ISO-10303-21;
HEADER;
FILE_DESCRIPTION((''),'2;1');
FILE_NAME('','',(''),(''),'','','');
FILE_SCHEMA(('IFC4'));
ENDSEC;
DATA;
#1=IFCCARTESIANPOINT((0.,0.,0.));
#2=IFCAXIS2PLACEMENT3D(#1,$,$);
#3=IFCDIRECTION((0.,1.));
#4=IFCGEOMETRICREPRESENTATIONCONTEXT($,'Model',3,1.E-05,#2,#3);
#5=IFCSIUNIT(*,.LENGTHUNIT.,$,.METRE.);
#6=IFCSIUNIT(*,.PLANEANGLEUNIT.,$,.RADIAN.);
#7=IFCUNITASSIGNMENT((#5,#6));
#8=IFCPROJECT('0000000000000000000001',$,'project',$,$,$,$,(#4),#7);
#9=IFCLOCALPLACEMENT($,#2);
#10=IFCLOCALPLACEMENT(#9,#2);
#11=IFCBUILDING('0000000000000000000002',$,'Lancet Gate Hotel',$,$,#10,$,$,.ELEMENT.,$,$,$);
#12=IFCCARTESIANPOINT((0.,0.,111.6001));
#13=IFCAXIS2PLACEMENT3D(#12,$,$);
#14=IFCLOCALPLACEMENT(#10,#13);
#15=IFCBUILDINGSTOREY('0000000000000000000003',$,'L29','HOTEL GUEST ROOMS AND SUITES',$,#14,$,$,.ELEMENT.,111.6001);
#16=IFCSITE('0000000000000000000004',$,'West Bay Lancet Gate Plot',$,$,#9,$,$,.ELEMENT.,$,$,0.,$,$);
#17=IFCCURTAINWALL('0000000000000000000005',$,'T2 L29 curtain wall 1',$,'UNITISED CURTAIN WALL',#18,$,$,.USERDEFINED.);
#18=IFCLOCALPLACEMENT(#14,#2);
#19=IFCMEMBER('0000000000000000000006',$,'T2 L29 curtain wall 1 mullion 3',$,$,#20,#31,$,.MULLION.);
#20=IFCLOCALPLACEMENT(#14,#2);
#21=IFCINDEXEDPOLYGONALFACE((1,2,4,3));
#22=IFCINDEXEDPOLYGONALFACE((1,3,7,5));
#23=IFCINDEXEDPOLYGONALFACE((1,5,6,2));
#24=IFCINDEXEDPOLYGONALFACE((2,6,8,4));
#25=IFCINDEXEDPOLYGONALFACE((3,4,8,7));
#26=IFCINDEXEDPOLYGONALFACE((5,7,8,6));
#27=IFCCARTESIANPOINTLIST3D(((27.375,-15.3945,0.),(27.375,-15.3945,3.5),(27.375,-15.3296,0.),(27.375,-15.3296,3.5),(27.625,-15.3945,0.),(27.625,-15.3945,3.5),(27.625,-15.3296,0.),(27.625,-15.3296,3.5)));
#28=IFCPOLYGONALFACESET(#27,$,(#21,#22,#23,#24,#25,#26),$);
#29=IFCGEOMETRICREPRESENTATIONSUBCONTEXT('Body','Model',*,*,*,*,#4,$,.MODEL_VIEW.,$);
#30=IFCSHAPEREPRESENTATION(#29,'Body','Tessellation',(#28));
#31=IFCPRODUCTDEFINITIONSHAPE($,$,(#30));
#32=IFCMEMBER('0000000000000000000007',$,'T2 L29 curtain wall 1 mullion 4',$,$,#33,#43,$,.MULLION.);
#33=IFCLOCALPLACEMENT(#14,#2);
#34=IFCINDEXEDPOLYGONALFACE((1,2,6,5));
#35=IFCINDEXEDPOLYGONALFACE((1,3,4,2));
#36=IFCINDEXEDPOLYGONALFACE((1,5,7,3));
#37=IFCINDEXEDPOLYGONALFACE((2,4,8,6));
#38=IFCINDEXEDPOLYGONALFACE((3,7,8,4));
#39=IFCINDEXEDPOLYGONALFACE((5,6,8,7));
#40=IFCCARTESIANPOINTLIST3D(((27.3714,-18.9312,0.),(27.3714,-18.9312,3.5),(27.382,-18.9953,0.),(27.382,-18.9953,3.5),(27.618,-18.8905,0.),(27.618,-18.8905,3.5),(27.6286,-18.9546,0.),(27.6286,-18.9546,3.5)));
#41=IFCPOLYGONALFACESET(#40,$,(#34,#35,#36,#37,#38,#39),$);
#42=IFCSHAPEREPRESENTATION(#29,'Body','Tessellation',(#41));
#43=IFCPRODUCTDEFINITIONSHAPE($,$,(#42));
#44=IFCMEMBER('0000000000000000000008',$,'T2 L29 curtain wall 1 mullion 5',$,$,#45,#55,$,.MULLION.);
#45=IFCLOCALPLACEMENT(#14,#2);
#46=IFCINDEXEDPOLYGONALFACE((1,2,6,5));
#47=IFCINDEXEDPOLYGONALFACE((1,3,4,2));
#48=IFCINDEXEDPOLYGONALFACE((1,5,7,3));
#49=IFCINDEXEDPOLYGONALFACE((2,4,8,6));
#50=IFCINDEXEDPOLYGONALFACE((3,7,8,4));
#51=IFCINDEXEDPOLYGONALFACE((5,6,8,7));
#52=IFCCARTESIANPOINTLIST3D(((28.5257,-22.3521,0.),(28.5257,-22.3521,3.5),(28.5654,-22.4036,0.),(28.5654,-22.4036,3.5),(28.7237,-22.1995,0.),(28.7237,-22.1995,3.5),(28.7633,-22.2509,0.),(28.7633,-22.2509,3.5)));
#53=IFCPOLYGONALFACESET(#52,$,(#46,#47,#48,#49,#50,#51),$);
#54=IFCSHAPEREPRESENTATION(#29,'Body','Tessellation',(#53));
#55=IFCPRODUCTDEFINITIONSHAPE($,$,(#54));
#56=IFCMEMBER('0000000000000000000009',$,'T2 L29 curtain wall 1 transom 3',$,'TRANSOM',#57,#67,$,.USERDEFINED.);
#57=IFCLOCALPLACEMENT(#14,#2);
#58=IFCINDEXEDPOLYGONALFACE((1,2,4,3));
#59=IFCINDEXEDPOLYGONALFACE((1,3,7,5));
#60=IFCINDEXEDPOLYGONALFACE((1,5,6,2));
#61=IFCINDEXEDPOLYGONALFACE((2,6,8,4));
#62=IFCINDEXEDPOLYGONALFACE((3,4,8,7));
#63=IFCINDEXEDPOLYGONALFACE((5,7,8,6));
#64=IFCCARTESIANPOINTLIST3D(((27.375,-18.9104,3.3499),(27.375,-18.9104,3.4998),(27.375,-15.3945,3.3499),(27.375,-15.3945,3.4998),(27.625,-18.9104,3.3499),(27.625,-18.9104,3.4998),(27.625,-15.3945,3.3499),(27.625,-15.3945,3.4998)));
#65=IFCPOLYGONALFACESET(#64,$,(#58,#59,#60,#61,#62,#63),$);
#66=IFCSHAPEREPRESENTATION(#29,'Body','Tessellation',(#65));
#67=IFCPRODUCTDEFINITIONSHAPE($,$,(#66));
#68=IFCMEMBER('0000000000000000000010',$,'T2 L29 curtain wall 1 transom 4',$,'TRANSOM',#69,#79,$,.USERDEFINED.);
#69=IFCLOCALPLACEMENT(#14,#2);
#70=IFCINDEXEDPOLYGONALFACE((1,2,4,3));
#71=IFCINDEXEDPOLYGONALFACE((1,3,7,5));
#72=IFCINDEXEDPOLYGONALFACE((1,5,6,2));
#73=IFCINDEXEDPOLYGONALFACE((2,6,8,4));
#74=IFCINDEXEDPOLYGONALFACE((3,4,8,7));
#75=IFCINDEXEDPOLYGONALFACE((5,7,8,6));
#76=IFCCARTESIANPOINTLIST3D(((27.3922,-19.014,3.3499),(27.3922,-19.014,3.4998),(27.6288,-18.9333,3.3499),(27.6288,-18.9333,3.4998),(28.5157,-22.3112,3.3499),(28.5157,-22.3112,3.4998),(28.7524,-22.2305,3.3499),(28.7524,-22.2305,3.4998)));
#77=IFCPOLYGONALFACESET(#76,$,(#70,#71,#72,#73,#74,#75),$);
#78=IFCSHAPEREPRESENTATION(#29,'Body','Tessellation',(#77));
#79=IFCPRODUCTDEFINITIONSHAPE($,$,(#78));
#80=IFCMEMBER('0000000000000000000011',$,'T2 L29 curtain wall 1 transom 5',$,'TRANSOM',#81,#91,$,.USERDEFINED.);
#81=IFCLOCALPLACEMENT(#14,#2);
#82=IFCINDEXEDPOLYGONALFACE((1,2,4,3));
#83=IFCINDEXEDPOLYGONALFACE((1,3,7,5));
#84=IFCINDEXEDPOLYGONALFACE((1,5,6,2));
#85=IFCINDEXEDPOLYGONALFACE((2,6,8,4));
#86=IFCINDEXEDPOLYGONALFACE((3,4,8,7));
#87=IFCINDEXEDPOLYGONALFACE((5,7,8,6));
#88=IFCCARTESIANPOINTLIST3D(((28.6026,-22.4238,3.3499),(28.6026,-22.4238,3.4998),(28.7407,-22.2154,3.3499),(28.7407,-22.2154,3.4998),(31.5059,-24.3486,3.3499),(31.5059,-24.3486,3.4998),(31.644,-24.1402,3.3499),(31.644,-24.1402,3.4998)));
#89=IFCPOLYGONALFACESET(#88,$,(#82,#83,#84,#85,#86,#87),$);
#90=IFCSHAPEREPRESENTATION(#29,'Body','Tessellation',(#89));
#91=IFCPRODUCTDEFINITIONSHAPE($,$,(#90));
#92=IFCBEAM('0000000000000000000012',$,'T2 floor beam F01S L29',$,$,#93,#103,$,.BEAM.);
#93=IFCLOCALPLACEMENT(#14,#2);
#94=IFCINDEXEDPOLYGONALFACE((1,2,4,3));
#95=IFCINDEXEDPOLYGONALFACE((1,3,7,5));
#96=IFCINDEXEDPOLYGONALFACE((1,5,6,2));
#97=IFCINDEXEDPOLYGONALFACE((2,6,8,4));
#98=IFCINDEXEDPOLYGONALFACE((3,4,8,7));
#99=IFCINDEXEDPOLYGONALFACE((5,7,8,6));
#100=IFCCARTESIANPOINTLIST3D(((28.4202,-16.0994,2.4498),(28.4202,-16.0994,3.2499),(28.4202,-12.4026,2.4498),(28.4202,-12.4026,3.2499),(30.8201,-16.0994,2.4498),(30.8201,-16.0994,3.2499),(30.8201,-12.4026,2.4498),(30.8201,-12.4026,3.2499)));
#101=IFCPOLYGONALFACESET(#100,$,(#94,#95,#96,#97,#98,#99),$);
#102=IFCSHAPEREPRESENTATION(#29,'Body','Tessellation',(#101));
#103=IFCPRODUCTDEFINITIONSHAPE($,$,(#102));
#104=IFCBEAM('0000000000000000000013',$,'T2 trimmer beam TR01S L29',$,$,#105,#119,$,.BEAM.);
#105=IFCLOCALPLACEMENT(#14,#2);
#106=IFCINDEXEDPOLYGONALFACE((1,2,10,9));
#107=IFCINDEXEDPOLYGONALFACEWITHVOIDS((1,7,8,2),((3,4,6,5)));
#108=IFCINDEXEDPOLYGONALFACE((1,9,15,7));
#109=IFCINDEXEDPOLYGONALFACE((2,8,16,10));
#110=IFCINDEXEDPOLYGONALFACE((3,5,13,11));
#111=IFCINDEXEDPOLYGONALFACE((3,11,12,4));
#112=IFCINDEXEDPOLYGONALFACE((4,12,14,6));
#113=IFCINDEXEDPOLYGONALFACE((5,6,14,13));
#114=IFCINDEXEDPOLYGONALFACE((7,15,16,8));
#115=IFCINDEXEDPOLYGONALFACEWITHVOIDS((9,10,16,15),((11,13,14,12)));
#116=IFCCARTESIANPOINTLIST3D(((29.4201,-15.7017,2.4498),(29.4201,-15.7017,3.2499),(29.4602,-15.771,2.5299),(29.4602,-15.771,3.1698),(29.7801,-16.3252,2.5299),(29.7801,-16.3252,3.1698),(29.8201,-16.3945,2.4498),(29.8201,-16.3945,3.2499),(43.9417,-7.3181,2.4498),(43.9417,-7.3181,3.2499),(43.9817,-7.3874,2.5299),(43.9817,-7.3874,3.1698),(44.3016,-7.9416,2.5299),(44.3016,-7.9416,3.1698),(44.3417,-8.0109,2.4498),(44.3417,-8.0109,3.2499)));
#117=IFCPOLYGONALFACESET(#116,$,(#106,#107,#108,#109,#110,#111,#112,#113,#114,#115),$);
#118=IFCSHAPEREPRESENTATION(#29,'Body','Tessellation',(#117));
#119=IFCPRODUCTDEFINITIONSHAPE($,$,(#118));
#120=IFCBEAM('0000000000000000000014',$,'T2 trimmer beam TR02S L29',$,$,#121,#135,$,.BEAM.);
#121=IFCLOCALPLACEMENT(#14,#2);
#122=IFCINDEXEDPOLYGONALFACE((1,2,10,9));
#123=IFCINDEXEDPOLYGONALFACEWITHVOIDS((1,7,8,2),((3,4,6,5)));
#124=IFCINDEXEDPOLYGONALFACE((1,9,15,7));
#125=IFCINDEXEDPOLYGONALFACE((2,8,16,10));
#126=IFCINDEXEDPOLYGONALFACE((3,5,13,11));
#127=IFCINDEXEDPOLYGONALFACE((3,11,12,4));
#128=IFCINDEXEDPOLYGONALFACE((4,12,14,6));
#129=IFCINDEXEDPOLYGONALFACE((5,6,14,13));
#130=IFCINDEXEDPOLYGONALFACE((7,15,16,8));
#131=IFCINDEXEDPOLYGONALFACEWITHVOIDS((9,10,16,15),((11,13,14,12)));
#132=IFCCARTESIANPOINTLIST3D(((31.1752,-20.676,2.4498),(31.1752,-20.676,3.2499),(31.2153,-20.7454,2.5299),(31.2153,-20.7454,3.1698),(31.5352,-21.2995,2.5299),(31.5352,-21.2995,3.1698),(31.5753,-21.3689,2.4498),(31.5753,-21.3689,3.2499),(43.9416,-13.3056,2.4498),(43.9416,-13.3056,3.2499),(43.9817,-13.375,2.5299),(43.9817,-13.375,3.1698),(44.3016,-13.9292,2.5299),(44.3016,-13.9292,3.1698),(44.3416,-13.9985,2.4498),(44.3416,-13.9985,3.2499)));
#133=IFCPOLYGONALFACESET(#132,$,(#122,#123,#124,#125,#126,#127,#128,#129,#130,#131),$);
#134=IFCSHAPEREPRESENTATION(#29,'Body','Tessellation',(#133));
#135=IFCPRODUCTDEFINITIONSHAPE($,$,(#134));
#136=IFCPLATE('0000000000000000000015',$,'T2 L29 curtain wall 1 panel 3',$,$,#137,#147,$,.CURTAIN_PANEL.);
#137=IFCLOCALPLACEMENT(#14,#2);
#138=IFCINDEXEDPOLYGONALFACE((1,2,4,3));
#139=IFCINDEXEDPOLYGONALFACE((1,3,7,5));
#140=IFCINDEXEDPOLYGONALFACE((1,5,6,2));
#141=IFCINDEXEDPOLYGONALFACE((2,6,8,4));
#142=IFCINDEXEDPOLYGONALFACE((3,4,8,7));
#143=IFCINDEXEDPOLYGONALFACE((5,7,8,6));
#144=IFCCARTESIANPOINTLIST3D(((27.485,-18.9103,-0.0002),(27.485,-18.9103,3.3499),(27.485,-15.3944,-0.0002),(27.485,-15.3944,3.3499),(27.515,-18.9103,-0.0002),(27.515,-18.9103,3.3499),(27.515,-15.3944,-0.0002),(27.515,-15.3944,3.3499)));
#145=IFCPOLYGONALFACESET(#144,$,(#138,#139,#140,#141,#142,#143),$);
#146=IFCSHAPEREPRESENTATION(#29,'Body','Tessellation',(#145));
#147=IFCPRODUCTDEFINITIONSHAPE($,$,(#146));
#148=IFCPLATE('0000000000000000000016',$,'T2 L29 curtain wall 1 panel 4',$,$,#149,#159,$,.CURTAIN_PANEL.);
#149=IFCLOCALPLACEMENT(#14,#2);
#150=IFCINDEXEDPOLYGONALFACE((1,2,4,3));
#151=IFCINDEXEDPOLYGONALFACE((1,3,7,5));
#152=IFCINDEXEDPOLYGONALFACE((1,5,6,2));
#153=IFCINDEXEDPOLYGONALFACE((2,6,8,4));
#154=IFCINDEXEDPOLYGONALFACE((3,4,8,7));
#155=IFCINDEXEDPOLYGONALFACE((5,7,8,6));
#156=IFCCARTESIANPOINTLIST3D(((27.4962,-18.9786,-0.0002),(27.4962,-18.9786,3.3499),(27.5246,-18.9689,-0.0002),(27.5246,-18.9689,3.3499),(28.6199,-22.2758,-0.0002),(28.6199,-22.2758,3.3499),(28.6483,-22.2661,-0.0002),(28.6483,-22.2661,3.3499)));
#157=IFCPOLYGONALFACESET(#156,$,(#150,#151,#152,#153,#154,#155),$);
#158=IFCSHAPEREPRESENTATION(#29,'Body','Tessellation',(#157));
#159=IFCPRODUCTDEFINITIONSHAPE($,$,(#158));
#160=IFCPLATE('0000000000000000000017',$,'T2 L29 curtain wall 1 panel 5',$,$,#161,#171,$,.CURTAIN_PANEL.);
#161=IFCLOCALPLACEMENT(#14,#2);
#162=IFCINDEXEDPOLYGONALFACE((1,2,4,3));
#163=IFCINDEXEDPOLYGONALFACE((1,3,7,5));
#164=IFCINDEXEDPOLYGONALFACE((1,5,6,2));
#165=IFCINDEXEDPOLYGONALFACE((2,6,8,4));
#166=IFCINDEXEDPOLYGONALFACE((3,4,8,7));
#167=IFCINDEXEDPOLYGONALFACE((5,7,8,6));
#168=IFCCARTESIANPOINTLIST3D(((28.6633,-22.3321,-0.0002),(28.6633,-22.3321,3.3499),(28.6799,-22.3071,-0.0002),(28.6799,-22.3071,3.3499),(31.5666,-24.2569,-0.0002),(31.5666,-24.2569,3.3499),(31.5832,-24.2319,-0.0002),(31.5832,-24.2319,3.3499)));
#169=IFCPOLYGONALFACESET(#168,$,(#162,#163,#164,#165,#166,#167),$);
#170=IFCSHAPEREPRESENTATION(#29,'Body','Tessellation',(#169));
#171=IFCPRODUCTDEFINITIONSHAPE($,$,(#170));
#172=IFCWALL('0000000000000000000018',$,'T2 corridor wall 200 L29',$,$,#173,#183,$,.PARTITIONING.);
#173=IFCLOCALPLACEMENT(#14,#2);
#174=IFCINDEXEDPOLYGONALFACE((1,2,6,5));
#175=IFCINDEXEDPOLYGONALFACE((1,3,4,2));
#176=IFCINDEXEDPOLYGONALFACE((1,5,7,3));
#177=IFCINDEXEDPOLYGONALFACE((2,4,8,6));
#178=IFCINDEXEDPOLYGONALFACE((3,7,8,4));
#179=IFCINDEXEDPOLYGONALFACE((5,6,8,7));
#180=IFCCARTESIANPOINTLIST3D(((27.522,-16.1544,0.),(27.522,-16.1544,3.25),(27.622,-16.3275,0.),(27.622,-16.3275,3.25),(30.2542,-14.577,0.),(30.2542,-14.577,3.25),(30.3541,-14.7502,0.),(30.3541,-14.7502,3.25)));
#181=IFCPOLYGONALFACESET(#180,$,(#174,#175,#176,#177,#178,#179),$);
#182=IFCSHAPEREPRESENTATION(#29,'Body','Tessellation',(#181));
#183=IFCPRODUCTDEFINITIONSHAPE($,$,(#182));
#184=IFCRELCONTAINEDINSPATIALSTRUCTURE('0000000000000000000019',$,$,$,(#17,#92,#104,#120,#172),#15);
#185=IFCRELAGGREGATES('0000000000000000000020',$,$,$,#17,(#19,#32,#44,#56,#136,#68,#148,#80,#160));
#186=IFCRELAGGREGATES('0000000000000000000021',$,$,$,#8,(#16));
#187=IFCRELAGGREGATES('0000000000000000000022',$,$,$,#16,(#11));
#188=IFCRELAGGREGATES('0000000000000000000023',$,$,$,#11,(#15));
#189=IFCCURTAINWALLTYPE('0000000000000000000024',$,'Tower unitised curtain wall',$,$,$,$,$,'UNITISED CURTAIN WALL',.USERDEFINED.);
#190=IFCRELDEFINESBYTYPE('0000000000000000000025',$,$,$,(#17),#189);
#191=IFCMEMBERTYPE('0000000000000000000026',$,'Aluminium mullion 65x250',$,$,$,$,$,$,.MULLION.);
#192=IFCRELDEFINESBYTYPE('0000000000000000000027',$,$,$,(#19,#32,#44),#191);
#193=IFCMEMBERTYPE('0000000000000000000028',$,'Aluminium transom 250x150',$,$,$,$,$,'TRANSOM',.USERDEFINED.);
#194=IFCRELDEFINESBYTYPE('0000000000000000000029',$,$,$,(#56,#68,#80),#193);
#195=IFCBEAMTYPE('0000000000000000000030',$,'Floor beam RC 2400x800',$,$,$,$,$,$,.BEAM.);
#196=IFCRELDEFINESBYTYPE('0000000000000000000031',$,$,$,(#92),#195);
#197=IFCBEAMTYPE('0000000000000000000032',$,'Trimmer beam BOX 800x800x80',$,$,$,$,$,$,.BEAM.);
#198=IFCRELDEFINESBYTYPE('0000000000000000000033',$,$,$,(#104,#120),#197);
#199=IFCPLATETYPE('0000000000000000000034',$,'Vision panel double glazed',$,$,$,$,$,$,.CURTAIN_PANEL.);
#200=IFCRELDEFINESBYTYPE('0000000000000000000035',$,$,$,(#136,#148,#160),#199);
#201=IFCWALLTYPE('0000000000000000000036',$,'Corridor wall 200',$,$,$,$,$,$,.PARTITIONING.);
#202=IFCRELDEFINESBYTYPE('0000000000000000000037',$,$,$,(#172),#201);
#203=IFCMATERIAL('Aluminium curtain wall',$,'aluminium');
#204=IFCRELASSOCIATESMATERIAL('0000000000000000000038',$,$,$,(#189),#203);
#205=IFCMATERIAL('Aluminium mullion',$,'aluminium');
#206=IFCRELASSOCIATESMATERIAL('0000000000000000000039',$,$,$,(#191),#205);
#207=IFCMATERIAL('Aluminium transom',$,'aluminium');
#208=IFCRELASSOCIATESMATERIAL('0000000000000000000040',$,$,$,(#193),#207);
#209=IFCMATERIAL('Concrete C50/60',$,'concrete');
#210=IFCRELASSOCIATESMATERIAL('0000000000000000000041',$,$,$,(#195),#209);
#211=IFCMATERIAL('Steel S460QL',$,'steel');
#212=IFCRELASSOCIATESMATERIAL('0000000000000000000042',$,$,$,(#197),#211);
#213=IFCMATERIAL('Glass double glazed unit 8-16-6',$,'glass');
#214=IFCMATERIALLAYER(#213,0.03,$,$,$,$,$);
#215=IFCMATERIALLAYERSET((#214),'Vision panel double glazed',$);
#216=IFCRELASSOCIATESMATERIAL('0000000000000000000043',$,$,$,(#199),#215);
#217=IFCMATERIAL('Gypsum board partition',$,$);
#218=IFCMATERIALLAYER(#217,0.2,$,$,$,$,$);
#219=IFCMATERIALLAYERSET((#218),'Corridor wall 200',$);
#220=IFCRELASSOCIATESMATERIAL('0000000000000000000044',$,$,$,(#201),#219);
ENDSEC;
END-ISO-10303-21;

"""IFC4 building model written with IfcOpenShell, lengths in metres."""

from ifc_helpers import new_model, si_unit, direction, frame, frame_2d, origin, origin_2d, place, context, subcontext, project, spatial, rectangle, hollow_rectangle, extrude, material, layer, layer_set, material_profile, profile_set, type_object, element, aggregate, save


model = new_model("IFC4")

# Units and contexts
model_context = context("Model", 3, precision=1e-05, world=origin(), true_north=direction((0.0, 1.0)))
body_context = subcontext(model_context, "Body", "Model", "MODEL_VIEW")
ifc_project = project(units=[si_unit("LENGTHUNIT", "METRE"), si_unit("PLANEANGLEUNIT", "RADIAN")], contexts=[model_context])

# Site, building, storey
site_placement = place(None, origin())
site = spatial("IfcSite", under=ifc_project, at=site_placement, Name="West Bay Lancet Gate Plot", CompositionType="ELEMENT", RefElevation=0.0)
building_placement = place(site_placement, origin())
building = spatial("IfcBuilding", under=site, at=building_placement, Name="Lancet Gate Hotel", CompositionType="ELEMENT")
storey_placement = place(building_placement, frame((0.0, 0.0, 111.6001)))
storey = spatial("IfcBuildingStorey", under=building, at=storey_placement, Name="L29", Description="HOTEL GUEST ROOMS AND SUITES", CompositionType="ELEMENT", Elevation=111.6001)

# Curtain wall, members
ifc_material_1 = material(Name="Aluminium curtain wall", Category="aluminium")
curtain_wall_type = type_object("IfcCurtainWallType", Name="Tower unitised curtain wall", ElementType="UNITISED CURTAIN WALL", PredefinedType="USERDEFINED", material=ifc_material_1)
curtain_wall_placement = place(storey_placement, origin())
curtain_wall = element("IfcCurtainWall", 1, at=curtain_wall_placement, inside=storey, type_object=curtain_wall_type, Name="T2 L29 curtain wall 1", ObjectType="UNITISED CURTAIN WALL", PredefinedType="USERDEFINED")
ifc_material_2 = material(Name="Aluminium mullion", Category="aluminium")
ifc_material_profile_1 = material_profile(ifc_material_2, rectangle(XDim=0.0649, YDim=0.25, at=origin_2d()), Name="MULLION 65x250")
ifc_profile_set_1 = profile_set([ifc_material_profile_1], Name="Aluminium mullion")
member_type_1 = type_object("IfcMemberType", Name="Aluminium mullion 65x250", PredefinedType="MULLION", material=ifc_profile_set_1)
member_1_placement = place(storey_placement, frame((27.5, -15.3621, 0.0), z_axis=(0.0, 0.0, 1.0), x_axis=(0.0, -1.0, 0.0)))
member_1 = element("IfcMember", 2, at=member_1_placement, type_object=member_type_1, Name="T2 L29 curtain wall 1 mullion 3", PredefinedType="MULLION", context=body_context, shape_type="SweptSolid", body=[
    extrude(rectangle(XDim=0.0649, YDim=0.25, at=origin_2d()), origin(), (0.0, 0.0, 1.0), 3.5),
])
member_2_placement = place(storey_placement, frame((27.5, -18.9429, 0.0), z_axis=(0.0, 0.0, 1.0), x_axis=(0.162739, -0.986669, 0.0)))
member_2 = element("IfcMember", 3, at=member_2_placement, type_object=member_type_1, Name="T2 L29 curtain wall 1 mullion 4", PredefinedType="MULLION", context=body_context, shape_type="SweptSolid", body=[
    extrude(rectangle(XDim=0.0649, YDim=0.25, at=origin_2d()), origin(), (0.0, 0.0, 1.0), 3.5),
])
member_3_placement = place(storey_placement, frame((28.6445, -22.3015, 0.0), z_axis=(0.0, 0.0, 1.0), x_axis=(0.610664, -0.79189, 0.0)))
member_3 = element("IfcMember", 4, at=member_3_placement, type_object=member_type_1, Name="T2 L29 curtain wall 1 mullion 5", PredefinedType="MULLION", context=body_context, shape_type="SweptSolid", body=[
    extrude(rectangle(XDim=0.0649, YDim=0.25, at=origin_2d()), origin(), (0.0, 0.0, 1.0), 3.5),
])
ifc_material_3 = material(Name="Aluminium transom", Category="aluminium")
ifc_material_profile_2 = material_profile(ifc_material_3, rectangle(XDim=0.25, YDim=0.1499, at=origin_2d()), Name="TRANSOM 250x150")
ifc_profile_set_2 = profile_set([ifc_material_profile_2], Name="Aluminium transom")
member_type_2 = type_object("IfcMemberType", Name="Aluminium transom 250x150", ElementType="TRANSOM", PredefinedType="USERDEFINED", material=ifc_profile_set_2)
member_4_placement = place(storey_placement, frame((27.5, -15.3945, 3.4248), z_axis=(0.0, -1.0, 0.0), x_axis=(1.0, 0.0, 0.0)))
member_4 = element("IfcMember", 5, at=member_4_placement, type_object=member_type_2, Name="T2 L29 curtain wall 1 transom 3", ObjectType="TRANSOM", PredefinedType="USERDEFINED", context=body_context, shape_type="SweptSolid", body=[
    extrude(rectangle(XDim=0.25, YDim=0.1499, at=origin_2d()), origin(), (0.0, 0.0, 1.0), 3.5159),
])
member_5_placement = place(storey_placement, frame((27.5105, -18.9736, 3.4248), z_axis=(0.32255, -0.946553, 0.0), x_axis=(0.946553, 0.32255, 0.0)))
member_5 = element("IfcMember", 6, at=member_5_placement, type_object=member_type_2, Name="T2 L29 curtain wall 1 transom 4", ObjectType="TRANSOM", PredefinedType="USERDEFINED", context=body_context, shape_type="SweptSolid", body=[
    extrude(rectangle(XDim=0.25, YDim=0.1499, at=origin_2d()), origin(), (0.0, 0.0, 1.0), 3.4834),
])
member_6_placement = place(storey_placement, frame((28.6716, -22.3196, 3.4248), z_axis=(0.833471, -0.552563, 0.0), x_axis=(0.552563, 0.833471, 0.0)))
member_6 = element("IfcMember", 7, at=member_6_placement, type_object=member_type_2, Name="T2 L29 curtain wall 1 transom 5", ObjectType="TRANSOM", PredefinedType="USERDEFINED", context=body_context, shape_type="SweptSolid", body=[
    extrude(rectangle(XDim=0.25, YDim=0.1499, at=origin_2d()), origin(), (0.0, 0.0, 1.0), 3.4834),
])

# Beams
ifc_material_4 = material(Name="Concrete C50/60", Category="concrete")
ifc_material_profile_3 = material_profile(ifc_material_4, rectangle(XDim=2.3999, YDim=0.8, at=origin_2d()), Name="RC 2400x800")
ifc_profile_set_3 = profile_set([ifc_material_profile_3], Name="Concrete C50/60")
beam_type_1 = type_object("IfcBeamType", Name="Floor beam RC 2400x800", PredefinedType="BEAM", material=ifc_profile_set_3)
beam_1_placement = place(storey_placement, frame((29.6201, -16.0994, 2.8499), z_axis=(0.0, 1.0, 0.0), x_axis=(-1.0, 0.0, 0.0)))
element("IfcBeam", 8, at=beam_1_placement, inside=storey, type_object=beam_type_1, Name="T2 floor beam F01S L29", PredefinedType="BEAM", context=body_context, shape_type="SweptSolid", body=[
    extrude(rectangle(XDim=2.3999, YDim=0.8, at=origin_2d()), origin(), (0.0, 0.0, 1.0), 3.6968),
])
ifc_material_5 = material(Name="Steel S460QL", Category="steel")
ifc_material_profile_4 = material_profile(ifc_material_5, hollow_rectangle(XDim=0.8, YDim=0.8, WallThickness=0.0801, at=origin_2d()), Name="BOX 800x800x80")
ifc_profile_set_4 = profile_set([ifc_material_profile_4], Name="Steel S460QL")
beam_type_2 = type_object("IfcBeamType", Name="Trimmer beam BOX 800x800x80", PredefinedType="BEAM", material=ifc_profile_set_4)
beam_2_placement = place(storey_placement, frame((29.6201, -16.0481, 2.8499), z_axis=(0.866037, 0.49998, 0.0), x_axis=(-0.49998, 0.866037, 0.0)))
element("IfcBeam", 9, at=beam_2_placement, inside=storey, type_object=beam_type_2, Name="T2 trimmer beam TR01S L29", PredefinedType="BEAM", context=body_context, shape_type="SweptSolid", body=[
    extrude(hollow_rectangle(XDim=0.8, YDim=0.8, WallThickness=0.0801, at=origin_2d()), origin(), (0.0, 0.0, 1.0), 16.7678),
])
beam_3_placement = place(storey_placement, frame((31.3752, -21.0225, 2.8499), z_axis=(0.866034, 0.499985, 0.0), x_axis=(-0.499985, 0.866034, 0.0)))
element("IfcBeam", 10, at=beam_3_placement, inside=storey, type_object=beam_type_2, Name="T2 trimmer beam TR02S L29", PredefinedType="BEAM", context=body_context, shape_type="SweptSolid", body=[
    extrude(hollow_rectangle(XDim=0.8, YDim=0.8, WallThickness=0.0801, at=origin_2d()), origin(), (0.0, 0.0, 1.0), 14.7412),
])

# Plates
ifc_material_6 = material(Name="Glass double glazed unit 8-16-6", Category="glass")
ifc_layer_1 = layer(ifc_material_6, 0.03)
ifc_layer_set_1 = layer_set([ifc_layer_1], Name="Vision panel double glazed")
plate_type = type_object("IfcPlateType", Name="Vision panel double glazed", PredefinedType="CURTAIN_PANEL", material=ifc_layer_set_1)
plate_1_placement = place(storey_placement, frame((27.5, -17.1523, -0.0002), z_axis=(0.0, 0.0, 1.0), x_axis=(0.0, -1.0, 0.0)))
plate_1 = element("IfcPlate", 11, at=plate_1_placement, type_object=plate_type, Name="T2 L29 curtain wall 1 panel 3", PredefinedType="CURTAIN_PANEL", context=body_context, shape_type="SweptSolid", body=[
    extrude(rectangle(XDim=3.5159, YDim=0.03, at=origin_2d()), origin(), (0.0, 0.0, 1.0), 3.3501),
])
plate_2_placement = place(storey_placement, frame((28.0723, -20.6223, -0.0002), z_axis=(0.0, 0.0, 1.0), x_axis=(0.322576, -0.946544, 0.0)))
plate_2 = element("IfcPlate", 12, at=plate_2_placement, type_object=plate_type, Name="T2 L29 curtain wall 1 panel 4", PredefinedType="CURTAIN_PANEL", context=body_context, shape_type="SweptSolid", body=[
    extrude(rectangle(XDim=3.4834, YDim=0.03, at=origin_2d()), origin(), (0.0, 0.0, 1.0), 3.3501),
])
plate_3_placement = place(storey_placement, frame((30.1233, -23.282, -0.0002), z_axis=(0.0, 0.0, 1.0), x_axis=(0.833465, -0.552573, 0.0)))
plate_3 = element("IfcPlate", 13, at=plate_3_placement, type_object=plate_type, Name="T2 L29 curtain wall 1 panel 5", PredefinedType="CURTAIN_PANEL", context=body_context, shape_type="SweptSolid", body=[
    extrude(rectangle(XDim=3.4834, YDim=0.03, at=origin_2d()), origin(), (0.0, 0.0, 1.0), 3.3501),
])
aggregate(curtain_wall, [member_1, member_2, member_3, member_4, plate_1, member_5, plate_2, member_6, plate_3])

# Wall
ifc_material_7 = material(Name="Gypsum board partition")
ifc_layer_2 = layer(ifc_material_7, 0.2)
ifc_layer_set_2 = layer_set([ifc_layer_2], Name="Corridor wall 200")
wall_type_1 = type_object("IfcWallType", Name="Corridor wall 200", PredefinedType="PARTITIONING", material=ifc_layer_set_2)
wall_1_placement = place(storey_placement, frame((27.572, -16.241, 0.0), z_axis=(0.0, 0.0, 1.0), x_axis=(0.86603, 0.499993, 0.0)))
element("IfcWall", 14, at=wall_1_placement, inside=storey, type_object=wall_type_1, Name="T2 corridor wall 200 L29", PredefinedType="PARTITIONING", context=body_context, shape_type="SweptSolid", body=[
    extrude(rectangle(XDim=3.1548, YDim=0.2, at=frame_2d((1.5774, 0.0))), origin(), (0.0, 0.0, 1.0), 3.25),
])

save(model, "model.ifc")
